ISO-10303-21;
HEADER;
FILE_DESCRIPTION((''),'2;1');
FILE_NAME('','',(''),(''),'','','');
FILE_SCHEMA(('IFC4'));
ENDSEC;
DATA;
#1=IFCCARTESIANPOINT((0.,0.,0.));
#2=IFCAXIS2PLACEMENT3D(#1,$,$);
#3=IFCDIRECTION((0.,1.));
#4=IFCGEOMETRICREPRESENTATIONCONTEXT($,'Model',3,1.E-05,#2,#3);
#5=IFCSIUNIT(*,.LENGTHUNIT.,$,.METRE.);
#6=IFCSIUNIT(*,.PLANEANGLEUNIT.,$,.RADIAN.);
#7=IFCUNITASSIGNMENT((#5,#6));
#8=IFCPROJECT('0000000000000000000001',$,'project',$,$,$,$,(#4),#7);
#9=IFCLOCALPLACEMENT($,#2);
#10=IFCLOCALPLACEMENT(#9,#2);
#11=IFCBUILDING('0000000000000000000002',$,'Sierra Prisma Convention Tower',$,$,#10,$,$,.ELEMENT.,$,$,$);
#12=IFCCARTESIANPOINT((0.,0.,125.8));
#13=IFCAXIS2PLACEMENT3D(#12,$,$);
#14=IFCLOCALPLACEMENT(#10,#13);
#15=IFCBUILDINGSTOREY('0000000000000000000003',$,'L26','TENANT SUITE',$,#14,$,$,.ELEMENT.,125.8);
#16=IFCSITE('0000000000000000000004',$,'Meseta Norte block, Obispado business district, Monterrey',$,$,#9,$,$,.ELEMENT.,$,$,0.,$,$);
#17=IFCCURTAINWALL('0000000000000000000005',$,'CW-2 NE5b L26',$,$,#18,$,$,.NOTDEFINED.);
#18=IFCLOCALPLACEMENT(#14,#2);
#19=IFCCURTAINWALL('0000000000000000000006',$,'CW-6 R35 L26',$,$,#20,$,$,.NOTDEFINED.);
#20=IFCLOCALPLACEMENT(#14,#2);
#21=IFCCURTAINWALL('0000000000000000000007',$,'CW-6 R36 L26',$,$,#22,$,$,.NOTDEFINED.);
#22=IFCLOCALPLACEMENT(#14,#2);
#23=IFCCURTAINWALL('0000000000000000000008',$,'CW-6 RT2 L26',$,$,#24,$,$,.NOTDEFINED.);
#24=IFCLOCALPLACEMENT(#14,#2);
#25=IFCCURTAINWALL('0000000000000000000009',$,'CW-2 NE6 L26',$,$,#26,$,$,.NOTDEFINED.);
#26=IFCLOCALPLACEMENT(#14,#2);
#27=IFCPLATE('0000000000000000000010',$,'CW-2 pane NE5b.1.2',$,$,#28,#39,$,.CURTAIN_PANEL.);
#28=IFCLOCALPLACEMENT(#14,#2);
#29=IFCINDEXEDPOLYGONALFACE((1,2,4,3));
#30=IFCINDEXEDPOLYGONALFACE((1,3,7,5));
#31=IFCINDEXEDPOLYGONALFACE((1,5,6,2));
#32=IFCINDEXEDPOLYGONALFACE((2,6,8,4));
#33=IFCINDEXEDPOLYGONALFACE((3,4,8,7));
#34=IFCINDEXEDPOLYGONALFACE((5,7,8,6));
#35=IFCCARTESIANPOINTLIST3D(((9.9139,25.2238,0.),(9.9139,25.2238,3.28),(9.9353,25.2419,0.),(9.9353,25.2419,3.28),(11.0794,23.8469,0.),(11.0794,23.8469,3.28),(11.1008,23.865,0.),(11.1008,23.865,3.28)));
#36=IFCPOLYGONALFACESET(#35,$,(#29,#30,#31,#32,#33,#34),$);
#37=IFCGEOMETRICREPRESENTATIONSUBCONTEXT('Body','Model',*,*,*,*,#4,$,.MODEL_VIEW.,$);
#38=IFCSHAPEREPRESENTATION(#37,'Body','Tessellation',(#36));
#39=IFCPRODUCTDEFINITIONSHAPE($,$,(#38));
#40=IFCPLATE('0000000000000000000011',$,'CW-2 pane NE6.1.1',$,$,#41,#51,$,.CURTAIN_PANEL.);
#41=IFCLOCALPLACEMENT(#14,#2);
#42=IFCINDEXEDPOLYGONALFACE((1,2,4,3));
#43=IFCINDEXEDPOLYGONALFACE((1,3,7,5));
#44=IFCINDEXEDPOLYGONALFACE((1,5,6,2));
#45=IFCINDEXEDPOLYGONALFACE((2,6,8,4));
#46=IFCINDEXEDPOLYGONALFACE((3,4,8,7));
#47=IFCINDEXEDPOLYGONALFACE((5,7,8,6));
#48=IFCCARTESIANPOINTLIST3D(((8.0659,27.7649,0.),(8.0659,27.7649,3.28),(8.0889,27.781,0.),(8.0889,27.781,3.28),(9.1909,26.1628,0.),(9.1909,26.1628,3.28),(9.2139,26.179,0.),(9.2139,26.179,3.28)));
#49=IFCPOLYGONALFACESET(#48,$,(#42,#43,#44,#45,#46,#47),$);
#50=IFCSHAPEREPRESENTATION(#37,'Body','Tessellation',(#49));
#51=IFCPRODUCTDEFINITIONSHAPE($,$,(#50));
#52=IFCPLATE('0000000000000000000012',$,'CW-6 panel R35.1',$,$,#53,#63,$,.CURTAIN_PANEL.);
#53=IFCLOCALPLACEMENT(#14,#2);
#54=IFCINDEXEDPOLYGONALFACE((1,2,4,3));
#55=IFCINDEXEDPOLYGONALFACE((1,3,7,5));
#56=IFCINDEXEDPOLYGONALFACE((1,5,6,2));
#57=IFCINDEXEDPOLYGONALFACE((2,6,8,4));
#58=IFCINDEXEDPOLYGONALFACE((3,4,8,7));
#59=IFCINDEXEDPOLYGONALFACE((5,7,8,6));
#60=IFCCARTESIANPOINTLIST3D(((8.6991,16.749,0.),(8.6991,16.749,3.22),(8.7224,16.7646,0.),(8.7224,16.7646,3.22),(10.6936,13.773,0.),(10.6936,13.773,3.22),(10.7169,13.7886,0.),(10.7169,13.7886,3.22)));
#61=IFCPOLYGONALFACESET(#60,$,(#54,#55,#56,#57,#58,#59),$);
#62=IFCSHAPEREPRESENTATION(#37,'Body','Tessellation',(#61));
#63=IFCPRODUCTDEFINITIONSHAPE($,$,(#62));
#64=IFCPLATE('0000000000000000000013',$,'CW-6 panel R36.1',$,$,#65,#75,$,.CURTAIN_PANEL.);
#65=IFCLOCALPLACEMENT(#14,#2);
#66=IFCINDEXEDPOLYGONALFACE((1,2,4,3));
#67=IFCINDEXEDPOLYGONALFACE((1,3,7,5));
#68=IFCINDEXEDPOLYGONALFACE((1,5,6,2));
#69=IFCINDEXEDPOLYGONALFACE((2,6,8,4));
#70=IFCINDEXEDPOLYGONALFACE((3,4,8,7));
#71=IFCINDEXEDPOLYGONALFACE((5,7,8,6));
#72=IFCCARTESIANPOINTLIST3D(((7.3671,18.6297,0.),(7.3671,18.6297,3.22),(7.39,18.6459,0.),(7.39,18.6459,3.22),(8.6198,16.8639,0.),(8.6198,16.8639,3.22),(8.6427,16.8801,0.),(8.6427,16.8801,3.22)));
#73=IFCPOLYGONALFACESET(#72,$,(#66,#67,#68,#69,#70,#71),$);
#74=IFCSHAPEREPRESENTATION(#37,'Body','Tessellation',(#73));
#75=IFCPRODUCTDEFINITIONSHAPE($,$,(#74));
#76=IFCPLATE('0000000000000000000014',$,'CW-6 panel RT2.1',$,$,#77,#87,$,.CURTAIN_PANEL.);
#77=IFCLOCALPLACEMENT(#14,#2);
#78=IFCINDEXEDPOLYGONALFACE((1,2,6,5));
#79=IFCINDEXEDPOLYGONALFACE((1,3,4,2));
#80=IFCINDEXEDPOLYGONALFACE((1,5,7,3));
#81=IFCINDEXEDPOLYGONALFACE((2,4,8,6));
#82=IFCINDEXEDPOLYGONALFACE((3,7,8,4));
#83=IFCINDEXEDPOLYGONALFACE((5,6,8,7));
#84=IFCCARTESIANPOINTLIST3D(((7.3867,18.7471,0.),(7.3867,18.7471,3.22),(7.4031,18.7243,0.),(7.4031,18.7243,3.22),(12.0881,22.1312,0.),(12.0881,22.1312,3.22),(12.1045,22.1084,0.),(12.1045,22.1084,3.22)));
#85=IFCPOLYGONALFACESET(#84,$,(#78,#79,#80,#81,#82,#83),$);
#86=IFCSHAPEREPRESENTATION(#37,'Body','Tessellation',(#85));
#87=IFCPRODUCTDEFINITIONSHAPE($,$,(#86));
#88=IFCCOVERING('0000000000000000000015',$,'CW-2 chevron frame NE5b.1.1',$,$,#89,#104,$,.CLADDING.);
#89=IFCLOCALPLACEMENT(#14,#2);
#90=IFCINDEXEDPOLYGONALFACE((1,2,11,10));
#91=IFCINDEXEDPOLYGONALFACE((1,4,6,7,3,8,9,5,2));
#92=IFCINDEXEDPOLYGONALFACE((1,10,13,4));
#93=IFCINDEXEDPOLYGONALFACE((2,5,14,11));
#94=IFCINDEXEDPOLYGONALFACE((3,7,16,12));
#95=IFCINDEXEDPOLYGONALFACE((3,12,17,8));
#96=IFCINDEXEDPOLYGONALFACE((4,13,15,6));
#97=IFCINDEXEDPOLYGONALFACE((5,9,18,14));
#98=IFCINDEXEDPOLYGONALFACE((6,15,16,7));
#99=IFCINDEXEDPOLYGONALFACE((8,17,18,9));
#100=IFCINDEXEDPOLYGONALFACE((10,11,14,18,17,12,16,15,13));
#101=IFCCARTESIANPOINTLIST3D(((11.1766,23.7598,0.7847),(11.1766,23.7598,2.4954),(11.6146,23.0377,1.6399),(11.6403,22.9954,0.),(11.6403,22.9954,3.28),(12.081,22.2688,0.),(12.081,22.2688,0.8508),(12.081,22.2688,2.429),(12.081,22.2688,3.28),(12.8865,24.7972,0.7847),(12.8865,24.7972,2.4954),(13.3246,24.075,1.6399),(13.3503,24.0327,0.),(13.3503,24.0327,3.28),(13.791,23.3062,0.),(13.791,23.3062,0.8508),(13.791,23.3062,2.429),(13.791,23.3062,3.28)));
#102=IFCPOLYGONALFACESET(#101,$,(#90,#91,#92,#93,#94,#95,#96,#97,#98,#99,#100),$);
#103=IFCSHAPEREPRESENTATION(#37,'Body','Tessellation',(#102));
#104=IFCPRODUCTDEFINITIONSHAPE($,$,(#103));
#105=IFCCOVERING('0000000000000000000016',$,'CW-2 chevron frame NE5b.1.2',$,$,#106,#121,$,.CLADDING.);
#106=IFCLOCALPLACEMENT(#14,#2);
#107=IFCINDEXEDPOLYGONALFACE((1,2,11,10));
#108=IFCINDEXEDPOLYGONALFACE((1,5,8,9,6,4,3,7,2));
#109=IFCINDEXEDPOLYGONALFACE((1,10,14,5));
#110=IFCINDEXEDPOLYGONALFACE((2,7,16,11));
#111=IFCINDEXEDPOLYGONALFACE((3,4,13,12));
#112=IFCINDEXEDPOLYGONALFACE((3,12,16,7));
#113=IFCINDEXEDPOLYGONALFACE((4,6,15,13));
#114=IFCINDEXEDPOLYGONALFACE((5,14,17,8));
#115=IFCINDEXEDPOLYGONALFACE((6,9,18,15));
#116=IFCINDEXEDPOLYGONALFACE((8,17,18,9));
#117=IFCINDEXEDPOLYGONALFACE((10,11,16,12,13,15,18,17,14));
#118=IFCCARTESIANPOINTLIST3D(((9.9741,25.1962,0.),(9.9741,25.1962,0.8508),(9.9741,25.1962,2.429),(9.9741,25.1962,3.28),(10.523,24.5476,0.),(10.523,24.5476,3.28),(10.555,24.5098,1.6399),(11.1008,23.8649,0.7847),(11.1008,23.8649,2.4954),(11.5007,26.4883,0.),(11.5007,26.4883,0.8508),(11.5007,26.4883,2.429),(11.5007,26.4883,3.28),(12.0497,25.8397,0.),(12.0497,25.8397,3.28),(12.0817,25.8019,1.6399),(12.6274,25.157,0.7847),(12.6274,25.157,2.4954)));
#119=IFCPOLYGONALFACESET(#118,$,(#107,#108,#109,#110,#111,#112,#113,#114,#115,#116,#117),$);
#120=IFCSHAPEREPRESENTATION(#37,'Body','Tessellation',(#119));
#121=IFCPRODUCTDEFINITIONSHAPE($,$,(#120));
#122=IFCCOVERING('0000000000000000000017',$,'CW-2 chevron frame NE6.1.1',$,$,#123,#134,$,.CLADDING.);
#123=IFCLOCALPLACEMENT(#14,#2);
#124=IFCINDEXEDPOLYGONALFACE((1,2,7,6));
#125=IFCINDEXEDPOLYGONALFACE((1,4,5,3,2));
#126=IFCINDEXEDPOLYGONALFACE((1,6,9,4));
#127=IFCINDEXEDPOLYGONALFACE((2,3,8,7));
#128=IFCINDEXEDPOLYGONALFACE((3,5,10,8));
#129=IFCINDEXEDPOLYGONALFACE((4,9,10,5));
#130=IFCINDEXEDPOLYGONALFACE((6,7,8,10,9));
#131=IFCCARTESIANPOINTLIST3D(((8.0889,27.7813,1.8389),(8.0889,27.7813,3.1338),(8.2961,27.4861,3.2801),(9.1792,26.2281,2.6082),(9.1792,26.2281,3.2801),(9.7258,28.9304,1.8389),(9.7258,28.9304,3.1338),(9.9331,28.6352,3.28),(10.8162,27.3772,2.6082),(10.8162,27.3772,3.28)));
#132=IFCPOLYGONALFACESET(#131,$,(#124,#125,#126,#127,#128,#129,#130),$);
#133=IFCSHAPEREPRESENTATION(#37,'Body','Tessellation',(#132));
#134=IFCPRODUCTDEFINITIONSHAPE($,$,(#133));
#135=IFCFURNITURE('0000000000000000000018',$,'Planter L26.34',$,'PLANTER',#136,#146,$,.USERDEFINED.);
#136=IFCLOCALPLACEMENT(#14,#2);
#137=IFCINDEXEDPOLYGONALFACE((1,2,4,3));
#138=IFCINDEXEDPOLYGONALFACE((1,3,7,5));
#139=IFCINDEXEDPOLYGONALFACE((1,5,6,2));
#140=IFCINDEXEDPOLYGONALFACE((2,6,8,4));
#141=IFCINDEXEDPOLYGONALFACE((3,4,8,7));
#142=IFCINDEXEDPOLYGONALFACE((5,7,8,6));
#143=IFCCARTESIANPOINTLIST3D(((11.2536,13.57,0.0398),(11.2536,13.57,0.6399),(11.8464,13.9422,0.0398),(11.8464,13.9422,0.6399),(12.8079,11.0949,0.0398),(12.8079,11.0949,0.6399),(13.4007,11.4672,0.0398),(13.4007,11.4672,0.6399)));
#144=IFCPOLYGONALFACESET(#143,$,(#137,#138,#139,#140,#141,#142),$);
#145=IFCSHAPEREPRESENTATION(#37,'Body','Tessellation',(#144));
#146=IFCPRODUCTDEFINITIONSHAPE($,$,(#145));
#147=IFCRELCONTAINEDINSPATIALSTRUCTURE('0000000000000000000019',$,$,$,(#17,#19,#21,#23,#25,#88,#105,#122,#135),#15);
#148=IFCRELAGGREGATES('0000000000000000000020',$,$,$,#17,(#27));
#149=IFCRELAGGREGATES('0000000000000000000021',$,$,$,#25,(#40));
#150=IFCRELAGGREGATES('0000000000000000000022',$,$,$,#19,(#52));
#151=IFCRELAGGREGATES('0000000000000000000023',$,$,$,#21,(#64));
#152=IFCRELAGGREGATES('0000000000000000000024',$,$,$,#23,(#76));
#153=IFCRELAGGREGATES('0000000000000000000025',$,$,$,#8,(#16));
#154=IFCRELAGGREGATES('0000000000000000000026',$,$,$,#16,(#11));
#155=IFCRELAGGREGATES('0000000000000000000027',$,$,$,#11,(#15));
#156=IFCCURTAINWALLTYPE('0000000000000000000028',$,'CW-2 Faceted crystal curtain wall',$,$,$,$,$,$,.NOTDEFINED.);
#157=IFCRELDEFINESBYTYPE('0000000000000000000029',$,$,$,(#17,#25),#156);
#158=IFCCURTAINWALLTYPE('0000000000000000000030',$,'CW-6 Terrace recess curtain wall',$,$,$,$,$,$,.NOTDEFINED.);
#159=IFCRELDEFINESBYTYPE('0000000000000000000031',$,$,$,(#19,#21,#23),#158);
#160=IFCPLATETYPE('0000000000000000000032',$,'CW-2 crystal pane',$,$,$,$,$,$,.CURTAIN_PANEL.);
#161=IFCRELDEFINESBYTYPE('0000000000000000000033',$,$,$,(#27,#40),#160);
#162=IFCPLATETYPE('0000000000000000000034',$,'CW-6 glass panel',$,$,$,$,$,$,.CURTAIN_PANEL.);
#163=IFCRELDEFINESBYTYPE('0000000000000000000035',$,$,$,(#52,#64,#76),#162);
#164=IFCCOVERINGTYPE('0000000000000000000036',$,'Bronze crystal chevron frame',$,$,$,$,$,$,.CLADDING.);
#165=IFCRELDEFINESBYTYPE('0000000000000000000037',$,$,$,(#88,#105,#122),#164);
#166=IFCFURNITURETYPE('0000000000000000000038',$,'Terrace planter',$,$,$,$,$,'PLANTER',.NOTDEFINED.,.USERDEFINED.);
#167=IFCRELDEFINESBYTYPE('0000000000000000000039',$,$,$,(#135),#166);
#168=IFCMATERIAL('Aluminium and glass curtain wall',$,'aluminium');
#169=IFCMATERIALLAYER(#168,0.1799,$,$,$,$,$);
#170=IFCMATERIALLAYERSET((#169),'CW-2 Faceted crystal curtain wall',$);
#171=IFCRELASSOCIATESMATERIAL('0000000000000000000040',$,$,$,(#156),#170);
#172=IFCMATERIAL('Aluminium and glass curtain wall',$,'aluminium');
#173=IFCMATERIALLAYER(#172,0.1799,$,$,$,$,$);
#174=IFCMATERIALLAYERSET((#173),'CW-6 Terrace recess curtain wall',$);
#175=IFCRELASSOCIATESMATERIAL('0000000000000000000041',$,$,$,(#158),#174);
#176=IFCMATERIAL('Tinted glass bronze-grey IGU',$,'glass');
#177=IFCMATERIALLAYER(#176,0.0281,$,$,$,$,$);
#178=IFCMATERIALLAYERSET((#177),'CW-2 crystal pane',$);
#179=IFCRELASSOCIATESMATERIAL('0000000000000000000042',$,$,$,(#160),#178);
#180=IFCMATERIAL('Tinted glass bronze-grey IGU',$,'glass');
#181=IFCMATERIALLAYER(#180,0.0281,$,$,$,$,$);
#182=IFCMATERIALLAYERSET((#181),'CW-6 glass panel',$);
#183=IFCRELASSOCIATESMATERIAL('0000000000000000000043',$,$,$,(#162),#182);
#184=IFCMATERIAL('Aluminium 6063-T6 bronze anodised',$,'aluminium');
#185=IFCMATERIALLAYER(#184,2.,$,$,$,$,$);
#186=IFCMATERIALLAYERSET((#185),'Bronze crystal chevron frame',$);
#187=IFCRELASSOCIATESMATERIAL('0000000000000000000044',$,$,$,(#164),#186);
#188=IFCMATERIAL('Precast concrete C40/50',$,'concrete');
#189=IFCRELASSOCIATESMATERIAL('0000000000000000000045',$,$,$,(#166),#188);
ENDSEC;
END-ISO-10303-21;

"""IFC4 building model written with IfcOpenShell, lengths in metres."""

from ifc_helpers import new_model, si_unit, direction, frame, origin, origin_2d, place, context, subcontext, project, spatial, polyline, rectangle, outline, extrude, material, layer, layer_set, type_object, element, aggregate, save


model = new_model("IFC4")

# Units and contexts
model_context = context("Model", 3, precision=1e-05, world=origin(), true_north=direction((0.0, 1.0)))
body_context = subcontext(model_context, "Body", "Model", "MODEL_VIEW")
ifc_project = project(units=[si_unit("LENGTHUNIT", "METRE"), si_unit("PLANEANGLEUNIT", "RADIAN")], contexts=[model_context])

# Site, building, storey
site_placement = place(None, origin())
site = spatial("IfcSite", under=ifc_project, at=site_placement, Name="Meseta Norte block, Obispado business district, Monterrey", CompositionType="ELEMENT", RefElevation=0.0)
building_placement = place(site_placement, origin())
building = spatial("IfcBuilding", under=site, at=building_placement, Name="Sierra Prisma Convention Tower", CompositionType="ELEMENT")
storey_placement = place(building_placement, frame((0.0, 0.0, 125.8)))
storey = spatial("IfcBuildingStorey", under=building, at=storey_placement, Name="L26", Description="TENANT SUITE", CompositionType="ELEMENT", Elevation=125.8)

# Curtain wall
ifc_material_1 = material(Name="Aluminium and glass curtain wall", Category="aluminium")
ifc_layer_1 = layer(ifc_material_1, 0.1799)
ifc_layer_set_1 = layer_set([ifc_layer_1], Name="CW-2 Faceted crystal curtain wall")
curtain_wall_type_1 = type_object("IfcCurtainWallType", Name="CW-2 Faceted crystal curtain wall", PredefinedType="NOTDEFINED", material=ifc_layer_set_1)
curtain_wall_1_placement = place(storey_placement, origin())
curtain_wall_1 = element("IfcCurtainWall", 1, at=curtain_wall_1_placement, inside=storey, type_object=curtain_wall_type_1, Name="CW-2 NE5b L26", PredefinedType="NOTDEFINED")

# Curtain wall
ifc_material_2 = material(Name="Aluminium and glass curtain wall", Category="aluminium")
ifc_layer_2 = layer(ifc_material_2, 0.1799)
ifc_layer_set_2 = layer_set([ifc_layer_2], Name="CW-6 Terrace recess curtain wall")
curtain_wall_type_2 = type_object("IfcCurtainWallType", Name="CW-6 Terrace recess curtain wall", PredefinedType="NOTDEFINED", material=ifc_layer_set_2)
curtain_wall_2_placement = place(storey_placement, origin())
curtain_wall_2 = element("IfcCurtainWall", 2, at=curtain_wall_2_placement, inside=storey, type_object=curtain_wall_type_2, Name="CW-6 R35 L26", PredefinedType="NOTDEFINED")

# Curtain wall
curtain_wall_3_placement = place(storey_placement, origin())
curtain_wall_3 = element("IfcCurtainWall", 3, at=curtain_wall_3_placement, inside=storey, type_object=curtain_wall_type_2, Name="CW-6 R36 L26", PredefinedType="NOTDEFINED")

# Curtain wall
curtain_wall_4_placement = place(storey_placement, origin())
curtain_wall_4 = element("IfcCurtainWall", 4, at=curtain_wall_4_placement, inside=storey, type_object=curtain_wall_type_2, Name="CW-6 RT2 L26", PredefinedType="NOTDEFINED")

# Curtain wall
curtain_wall_5_placement = place(storey_placement, origin())
curtain_wall_5 = element("IfcCurtainWall", 5, at=curtain_wall_5_placement, inside=storey, type_object=curtain_wall_type_1, Name="CW-2 NE6 L26", PredefinedType="NOTDEFINED")

# Plates
ifc_material_3 = material(Name="Tinted glass bronze-grey IGU", Category="glass")
ifc_layer_3 = layer(ifc_material_3, 0.0281)
ifc_layer_set_3 = layer_set([ifc_layer_3], Name="CW-2 crystal pane")
plate_type_1 = type_object("IfcPlateType", Name="CW-2 crystal pane", PredefinedType="CURTAIN_PANEL", material=ifc_layer_set_3)
plate_1_placement = place(storey_placement, frame((9.9353, 25.2419, 0.0), z_axis=(0.763273, 0.646076, 0.0), x_axis=(0.646076, -0.763273, 0.0)))
plate_1 = element("IfcPlate", 6, at=plate_1_placement, type_object=plate_type_1, Name="CW-2 pane NE5b.1.2", PredefinedType="CURTAIN_PANEL", context=body_context, shape_type="SweptSolid", body=[
    extrude(outline(polyline([(0.0, 0.0), (1.804, 0.0), (1.804, -3.28), (0.0, -3.28), (0.0, 0.0)])), origin(), (0.0, 0.0, -1.0), 0.0281),
])
aggregate(curtain_wall_1, [plate_1])
plate_2_placement = place(storey_placement, frame((9.2139, 26.179, 0.0), z_axis=(0.818376, 0.574684, 0.0), x_axis=(-0.574684, 0.818376, 0.0)))
plate_2 = element("IfcPlate", 7, at=plate_2_placement, type_object=plate_type_1, Name="CW-2 pane NE6.1.1", PredefinedType="CURTAIN_PANEL", context=body_context, shape_type="SweptSolid", body=[
    extrude(outline(polyline([(0.0, 0.0), (1.9576, 0.0), (1.9576, 3.28), (0.0, 3.28), (0.0, 0.0)])), origin(), (0.0, 0.0, -1.0), 0.0281),
])
aggregate(curtain_wall_5, [plate_2])
ifc_material_4 = material(Name="Tinted glass bronze-grey IGU", Category="glass")
ifc_layer_4 = layer(ifc_material_4, 0.0281)
ifc_layer_set_4 = layer_set([ifc_layer_4], Name="CW-6 glass panel")
plate_type_2 = type_object("IfcPlateType", Name="CW-6 glass panel", PredefinedType="CURTAIN_PANEL", material=ifc_layer_set_4)
plate_3_placement = place(storey_placement, frame((9.708, 15.2688, 0.0), z_axis=(0.0, 0.0, 1.0), x_axis=(-0.55674, 0.830687, 0.0)))
plate_3 = element("IfcPlate", 8, at=plate_3_placement, type_object=plate_type_2, Name="CW-6 panel R35.1", PredefinedType="CURTAIN_PANEL", context=body_context, shape_type="SweptSolid", body=[
    extrude(rectangle(XDim=3.5825, YDim=0.0281, at=origin_2d()), origin(), (0.0, 0.0, 1.0), 3.22),
])
aggregate(curtain_wall_2, [plate_3])
plate_4_placement = place(storey_placement, frame((8.0049, 17.7549, 0.0), z_axis=(0.0, 0.0, 1.0), x_axis=(-0.578617, 0.8156, 0.0)))
plate_4 = element("IfcPlate", 9, at=plate_4_placement, type_object=plate_type_2, Name="CW-6 panel R36.1", PredefinedType="CURTAIN_PANEL", context=body_context, shape_type="SweptSolid", body=[
    extrude(rectangle(XDim=2.165, YDim=0.0281, at=origin_2d()), origin(), (0.0, 0.0, 1.0), 3.22),
])
aggregate(curtain_wall_3, [plate_4])
plate_5_placement = place(storey_placement, frame((9.7456, 20.4277, 0.0), z_axis=(0.0, 0.0, 1.0), x_axis=(0.811615, 0.584192, 0.0)))
plate_5 = element("IfcPlate", 10, at=plate_5_placement, type_object=plate_type_2, Name="CW-6 panel RT2.1", PredefinedType="CURTAIN_PANEL", context=body_context, shape_type="SweptSolid", body=[
    extrude(rectangle(XDim=5.7927, YDim=0.0281, at=origin_2d()), origin(), (0.0, 0.0, 1.0), 3.22),
])
aggregate(curtain_wall_4, [plate_5])

# Coverings
ifc_material_5 = material(Name="Aluminium 6063-T6 bronze anodised", Category="aluminium")
ifc_layer_5 = layer(ifc_material_5, 2.0)
ifc_layer_set_5 = layer_set([ifc_layer_5], Name="Bronze crystal chevron frame")
covering_type = type_object("IfcCoveringType", Name="Bronze crystal chevron frame", PredefinedType="CLADDING", material=ifc_layer_set_5)
covering_1_placement = place(storey_placement, frame((13.791, 23.3062, 0.0), z_axis=(0.854983, 0.518655, 0.0), x_axis=(-0.518655, 0.854983, 0.0)))
element("IfcCovering", 11, at=covering_1_placement, inside=storey, type_object=covering_type, Name="CW-2 chevron frame NE5b.1.1", PredefinedType="CLADDING", context=body_context, shape_type="SweptSolid", body=[
    extrude(outline(polyline([(0.0, 0.0), (0.8498, 0.0), (1.7439, 0.7847), (1.7439, 2.4954), (0.8498, 3.28), (0.0, 3.28), (0.0, 2.429), (0.8993, 1.6399), (0.0, 0.8508), (0.0, 0.0)])), origin(), (0.0, 0.0, -1.0), 2.0),
])
covering_2_placement = place(storey_placement, frame((12.6274, 25.157, 0.7847), z_axis=(0.763319, 0.646022, 0.0), x_axis=(-0.485619, 0.573792, -0.659497)))
element("IfcCovering", 12, at=covering_2_placement, inside=storey, type_object=covering_type, Name="CW-2 chevron frame NE5b.1.2", PredefinedType="CLADDING", context=body_context, shape_type="SweptSolid", body=[
    extrude(outline(polyline([(0.0, 0.0), (1.1898, 0.0), (1.8285, 0.5604), (1.2674, 1.2), (0.071, 1.2), (0.2266, 2.3862), (-0.3346, 3.026), (-0.9734, 2.4656), (-1.1282, 1.2859), (0.0, 0.0)])), origin(), (0.0, 0.0, -1.0), 2.0),
])
covering_3_placement = place(storey_placement, frame((10.8162, 27.3772, 2.6082), z_axis=(0.818471, 0.574548, -0.000029), x_axis=(-0.532471, 0.758511, -0.375681)))
element("IfcCovering", 13, at=covering_3_placement, inside=storey, type_object=covering_type, Name="CW-2 chevron frame NE6.1.1", PredefinedType="CLADDING", context=body_context, shape_type="SweptSolid", body=[
    extrude(outline(polyline([(0.0, 0.0), (2.0477, 0.0), (1.5612, 1.2001), (1.172, 1.2001), (-0.2524, 0.6227), (0.0, 0.0)])), origin(), (0.0, 0.0, -1.0), 2.0),
])

# Furniture
ifc_material_6 = material(Name="Precast concrete C40/50", Category="concrete")
furniture_type = type_object("IfcFurnitureType", Name="Terrace planter", ElementType="PLANTER", AssemblyPlace="NOTDEFINED", PredefinedType="USERDEFINED", material=ifc_material_6)
furniture_placement = place(storey_placement, frame((12.3271, 12.5186, 0.0398), z_axis=(0.0, 0.0, 1.0), x_axis=(-0.531814, 0.846861, 0.0)))
element("IfcFurniture", 14, at=furniture_placement, inside=storey, type_object=furniture_type, Name="Planter L26.34", ObjectType="PLANTER", PredefinedType="USERDEFINED", context=body_context, shape_type="SweptSolid", body=[
    extrude(rectangle(XDim=2.9226, YDim=0.7, at=origin_2d()), origin(), (0.0, 0.0, 1.0), 0.6001),
])

save(model, "model.ifc")
